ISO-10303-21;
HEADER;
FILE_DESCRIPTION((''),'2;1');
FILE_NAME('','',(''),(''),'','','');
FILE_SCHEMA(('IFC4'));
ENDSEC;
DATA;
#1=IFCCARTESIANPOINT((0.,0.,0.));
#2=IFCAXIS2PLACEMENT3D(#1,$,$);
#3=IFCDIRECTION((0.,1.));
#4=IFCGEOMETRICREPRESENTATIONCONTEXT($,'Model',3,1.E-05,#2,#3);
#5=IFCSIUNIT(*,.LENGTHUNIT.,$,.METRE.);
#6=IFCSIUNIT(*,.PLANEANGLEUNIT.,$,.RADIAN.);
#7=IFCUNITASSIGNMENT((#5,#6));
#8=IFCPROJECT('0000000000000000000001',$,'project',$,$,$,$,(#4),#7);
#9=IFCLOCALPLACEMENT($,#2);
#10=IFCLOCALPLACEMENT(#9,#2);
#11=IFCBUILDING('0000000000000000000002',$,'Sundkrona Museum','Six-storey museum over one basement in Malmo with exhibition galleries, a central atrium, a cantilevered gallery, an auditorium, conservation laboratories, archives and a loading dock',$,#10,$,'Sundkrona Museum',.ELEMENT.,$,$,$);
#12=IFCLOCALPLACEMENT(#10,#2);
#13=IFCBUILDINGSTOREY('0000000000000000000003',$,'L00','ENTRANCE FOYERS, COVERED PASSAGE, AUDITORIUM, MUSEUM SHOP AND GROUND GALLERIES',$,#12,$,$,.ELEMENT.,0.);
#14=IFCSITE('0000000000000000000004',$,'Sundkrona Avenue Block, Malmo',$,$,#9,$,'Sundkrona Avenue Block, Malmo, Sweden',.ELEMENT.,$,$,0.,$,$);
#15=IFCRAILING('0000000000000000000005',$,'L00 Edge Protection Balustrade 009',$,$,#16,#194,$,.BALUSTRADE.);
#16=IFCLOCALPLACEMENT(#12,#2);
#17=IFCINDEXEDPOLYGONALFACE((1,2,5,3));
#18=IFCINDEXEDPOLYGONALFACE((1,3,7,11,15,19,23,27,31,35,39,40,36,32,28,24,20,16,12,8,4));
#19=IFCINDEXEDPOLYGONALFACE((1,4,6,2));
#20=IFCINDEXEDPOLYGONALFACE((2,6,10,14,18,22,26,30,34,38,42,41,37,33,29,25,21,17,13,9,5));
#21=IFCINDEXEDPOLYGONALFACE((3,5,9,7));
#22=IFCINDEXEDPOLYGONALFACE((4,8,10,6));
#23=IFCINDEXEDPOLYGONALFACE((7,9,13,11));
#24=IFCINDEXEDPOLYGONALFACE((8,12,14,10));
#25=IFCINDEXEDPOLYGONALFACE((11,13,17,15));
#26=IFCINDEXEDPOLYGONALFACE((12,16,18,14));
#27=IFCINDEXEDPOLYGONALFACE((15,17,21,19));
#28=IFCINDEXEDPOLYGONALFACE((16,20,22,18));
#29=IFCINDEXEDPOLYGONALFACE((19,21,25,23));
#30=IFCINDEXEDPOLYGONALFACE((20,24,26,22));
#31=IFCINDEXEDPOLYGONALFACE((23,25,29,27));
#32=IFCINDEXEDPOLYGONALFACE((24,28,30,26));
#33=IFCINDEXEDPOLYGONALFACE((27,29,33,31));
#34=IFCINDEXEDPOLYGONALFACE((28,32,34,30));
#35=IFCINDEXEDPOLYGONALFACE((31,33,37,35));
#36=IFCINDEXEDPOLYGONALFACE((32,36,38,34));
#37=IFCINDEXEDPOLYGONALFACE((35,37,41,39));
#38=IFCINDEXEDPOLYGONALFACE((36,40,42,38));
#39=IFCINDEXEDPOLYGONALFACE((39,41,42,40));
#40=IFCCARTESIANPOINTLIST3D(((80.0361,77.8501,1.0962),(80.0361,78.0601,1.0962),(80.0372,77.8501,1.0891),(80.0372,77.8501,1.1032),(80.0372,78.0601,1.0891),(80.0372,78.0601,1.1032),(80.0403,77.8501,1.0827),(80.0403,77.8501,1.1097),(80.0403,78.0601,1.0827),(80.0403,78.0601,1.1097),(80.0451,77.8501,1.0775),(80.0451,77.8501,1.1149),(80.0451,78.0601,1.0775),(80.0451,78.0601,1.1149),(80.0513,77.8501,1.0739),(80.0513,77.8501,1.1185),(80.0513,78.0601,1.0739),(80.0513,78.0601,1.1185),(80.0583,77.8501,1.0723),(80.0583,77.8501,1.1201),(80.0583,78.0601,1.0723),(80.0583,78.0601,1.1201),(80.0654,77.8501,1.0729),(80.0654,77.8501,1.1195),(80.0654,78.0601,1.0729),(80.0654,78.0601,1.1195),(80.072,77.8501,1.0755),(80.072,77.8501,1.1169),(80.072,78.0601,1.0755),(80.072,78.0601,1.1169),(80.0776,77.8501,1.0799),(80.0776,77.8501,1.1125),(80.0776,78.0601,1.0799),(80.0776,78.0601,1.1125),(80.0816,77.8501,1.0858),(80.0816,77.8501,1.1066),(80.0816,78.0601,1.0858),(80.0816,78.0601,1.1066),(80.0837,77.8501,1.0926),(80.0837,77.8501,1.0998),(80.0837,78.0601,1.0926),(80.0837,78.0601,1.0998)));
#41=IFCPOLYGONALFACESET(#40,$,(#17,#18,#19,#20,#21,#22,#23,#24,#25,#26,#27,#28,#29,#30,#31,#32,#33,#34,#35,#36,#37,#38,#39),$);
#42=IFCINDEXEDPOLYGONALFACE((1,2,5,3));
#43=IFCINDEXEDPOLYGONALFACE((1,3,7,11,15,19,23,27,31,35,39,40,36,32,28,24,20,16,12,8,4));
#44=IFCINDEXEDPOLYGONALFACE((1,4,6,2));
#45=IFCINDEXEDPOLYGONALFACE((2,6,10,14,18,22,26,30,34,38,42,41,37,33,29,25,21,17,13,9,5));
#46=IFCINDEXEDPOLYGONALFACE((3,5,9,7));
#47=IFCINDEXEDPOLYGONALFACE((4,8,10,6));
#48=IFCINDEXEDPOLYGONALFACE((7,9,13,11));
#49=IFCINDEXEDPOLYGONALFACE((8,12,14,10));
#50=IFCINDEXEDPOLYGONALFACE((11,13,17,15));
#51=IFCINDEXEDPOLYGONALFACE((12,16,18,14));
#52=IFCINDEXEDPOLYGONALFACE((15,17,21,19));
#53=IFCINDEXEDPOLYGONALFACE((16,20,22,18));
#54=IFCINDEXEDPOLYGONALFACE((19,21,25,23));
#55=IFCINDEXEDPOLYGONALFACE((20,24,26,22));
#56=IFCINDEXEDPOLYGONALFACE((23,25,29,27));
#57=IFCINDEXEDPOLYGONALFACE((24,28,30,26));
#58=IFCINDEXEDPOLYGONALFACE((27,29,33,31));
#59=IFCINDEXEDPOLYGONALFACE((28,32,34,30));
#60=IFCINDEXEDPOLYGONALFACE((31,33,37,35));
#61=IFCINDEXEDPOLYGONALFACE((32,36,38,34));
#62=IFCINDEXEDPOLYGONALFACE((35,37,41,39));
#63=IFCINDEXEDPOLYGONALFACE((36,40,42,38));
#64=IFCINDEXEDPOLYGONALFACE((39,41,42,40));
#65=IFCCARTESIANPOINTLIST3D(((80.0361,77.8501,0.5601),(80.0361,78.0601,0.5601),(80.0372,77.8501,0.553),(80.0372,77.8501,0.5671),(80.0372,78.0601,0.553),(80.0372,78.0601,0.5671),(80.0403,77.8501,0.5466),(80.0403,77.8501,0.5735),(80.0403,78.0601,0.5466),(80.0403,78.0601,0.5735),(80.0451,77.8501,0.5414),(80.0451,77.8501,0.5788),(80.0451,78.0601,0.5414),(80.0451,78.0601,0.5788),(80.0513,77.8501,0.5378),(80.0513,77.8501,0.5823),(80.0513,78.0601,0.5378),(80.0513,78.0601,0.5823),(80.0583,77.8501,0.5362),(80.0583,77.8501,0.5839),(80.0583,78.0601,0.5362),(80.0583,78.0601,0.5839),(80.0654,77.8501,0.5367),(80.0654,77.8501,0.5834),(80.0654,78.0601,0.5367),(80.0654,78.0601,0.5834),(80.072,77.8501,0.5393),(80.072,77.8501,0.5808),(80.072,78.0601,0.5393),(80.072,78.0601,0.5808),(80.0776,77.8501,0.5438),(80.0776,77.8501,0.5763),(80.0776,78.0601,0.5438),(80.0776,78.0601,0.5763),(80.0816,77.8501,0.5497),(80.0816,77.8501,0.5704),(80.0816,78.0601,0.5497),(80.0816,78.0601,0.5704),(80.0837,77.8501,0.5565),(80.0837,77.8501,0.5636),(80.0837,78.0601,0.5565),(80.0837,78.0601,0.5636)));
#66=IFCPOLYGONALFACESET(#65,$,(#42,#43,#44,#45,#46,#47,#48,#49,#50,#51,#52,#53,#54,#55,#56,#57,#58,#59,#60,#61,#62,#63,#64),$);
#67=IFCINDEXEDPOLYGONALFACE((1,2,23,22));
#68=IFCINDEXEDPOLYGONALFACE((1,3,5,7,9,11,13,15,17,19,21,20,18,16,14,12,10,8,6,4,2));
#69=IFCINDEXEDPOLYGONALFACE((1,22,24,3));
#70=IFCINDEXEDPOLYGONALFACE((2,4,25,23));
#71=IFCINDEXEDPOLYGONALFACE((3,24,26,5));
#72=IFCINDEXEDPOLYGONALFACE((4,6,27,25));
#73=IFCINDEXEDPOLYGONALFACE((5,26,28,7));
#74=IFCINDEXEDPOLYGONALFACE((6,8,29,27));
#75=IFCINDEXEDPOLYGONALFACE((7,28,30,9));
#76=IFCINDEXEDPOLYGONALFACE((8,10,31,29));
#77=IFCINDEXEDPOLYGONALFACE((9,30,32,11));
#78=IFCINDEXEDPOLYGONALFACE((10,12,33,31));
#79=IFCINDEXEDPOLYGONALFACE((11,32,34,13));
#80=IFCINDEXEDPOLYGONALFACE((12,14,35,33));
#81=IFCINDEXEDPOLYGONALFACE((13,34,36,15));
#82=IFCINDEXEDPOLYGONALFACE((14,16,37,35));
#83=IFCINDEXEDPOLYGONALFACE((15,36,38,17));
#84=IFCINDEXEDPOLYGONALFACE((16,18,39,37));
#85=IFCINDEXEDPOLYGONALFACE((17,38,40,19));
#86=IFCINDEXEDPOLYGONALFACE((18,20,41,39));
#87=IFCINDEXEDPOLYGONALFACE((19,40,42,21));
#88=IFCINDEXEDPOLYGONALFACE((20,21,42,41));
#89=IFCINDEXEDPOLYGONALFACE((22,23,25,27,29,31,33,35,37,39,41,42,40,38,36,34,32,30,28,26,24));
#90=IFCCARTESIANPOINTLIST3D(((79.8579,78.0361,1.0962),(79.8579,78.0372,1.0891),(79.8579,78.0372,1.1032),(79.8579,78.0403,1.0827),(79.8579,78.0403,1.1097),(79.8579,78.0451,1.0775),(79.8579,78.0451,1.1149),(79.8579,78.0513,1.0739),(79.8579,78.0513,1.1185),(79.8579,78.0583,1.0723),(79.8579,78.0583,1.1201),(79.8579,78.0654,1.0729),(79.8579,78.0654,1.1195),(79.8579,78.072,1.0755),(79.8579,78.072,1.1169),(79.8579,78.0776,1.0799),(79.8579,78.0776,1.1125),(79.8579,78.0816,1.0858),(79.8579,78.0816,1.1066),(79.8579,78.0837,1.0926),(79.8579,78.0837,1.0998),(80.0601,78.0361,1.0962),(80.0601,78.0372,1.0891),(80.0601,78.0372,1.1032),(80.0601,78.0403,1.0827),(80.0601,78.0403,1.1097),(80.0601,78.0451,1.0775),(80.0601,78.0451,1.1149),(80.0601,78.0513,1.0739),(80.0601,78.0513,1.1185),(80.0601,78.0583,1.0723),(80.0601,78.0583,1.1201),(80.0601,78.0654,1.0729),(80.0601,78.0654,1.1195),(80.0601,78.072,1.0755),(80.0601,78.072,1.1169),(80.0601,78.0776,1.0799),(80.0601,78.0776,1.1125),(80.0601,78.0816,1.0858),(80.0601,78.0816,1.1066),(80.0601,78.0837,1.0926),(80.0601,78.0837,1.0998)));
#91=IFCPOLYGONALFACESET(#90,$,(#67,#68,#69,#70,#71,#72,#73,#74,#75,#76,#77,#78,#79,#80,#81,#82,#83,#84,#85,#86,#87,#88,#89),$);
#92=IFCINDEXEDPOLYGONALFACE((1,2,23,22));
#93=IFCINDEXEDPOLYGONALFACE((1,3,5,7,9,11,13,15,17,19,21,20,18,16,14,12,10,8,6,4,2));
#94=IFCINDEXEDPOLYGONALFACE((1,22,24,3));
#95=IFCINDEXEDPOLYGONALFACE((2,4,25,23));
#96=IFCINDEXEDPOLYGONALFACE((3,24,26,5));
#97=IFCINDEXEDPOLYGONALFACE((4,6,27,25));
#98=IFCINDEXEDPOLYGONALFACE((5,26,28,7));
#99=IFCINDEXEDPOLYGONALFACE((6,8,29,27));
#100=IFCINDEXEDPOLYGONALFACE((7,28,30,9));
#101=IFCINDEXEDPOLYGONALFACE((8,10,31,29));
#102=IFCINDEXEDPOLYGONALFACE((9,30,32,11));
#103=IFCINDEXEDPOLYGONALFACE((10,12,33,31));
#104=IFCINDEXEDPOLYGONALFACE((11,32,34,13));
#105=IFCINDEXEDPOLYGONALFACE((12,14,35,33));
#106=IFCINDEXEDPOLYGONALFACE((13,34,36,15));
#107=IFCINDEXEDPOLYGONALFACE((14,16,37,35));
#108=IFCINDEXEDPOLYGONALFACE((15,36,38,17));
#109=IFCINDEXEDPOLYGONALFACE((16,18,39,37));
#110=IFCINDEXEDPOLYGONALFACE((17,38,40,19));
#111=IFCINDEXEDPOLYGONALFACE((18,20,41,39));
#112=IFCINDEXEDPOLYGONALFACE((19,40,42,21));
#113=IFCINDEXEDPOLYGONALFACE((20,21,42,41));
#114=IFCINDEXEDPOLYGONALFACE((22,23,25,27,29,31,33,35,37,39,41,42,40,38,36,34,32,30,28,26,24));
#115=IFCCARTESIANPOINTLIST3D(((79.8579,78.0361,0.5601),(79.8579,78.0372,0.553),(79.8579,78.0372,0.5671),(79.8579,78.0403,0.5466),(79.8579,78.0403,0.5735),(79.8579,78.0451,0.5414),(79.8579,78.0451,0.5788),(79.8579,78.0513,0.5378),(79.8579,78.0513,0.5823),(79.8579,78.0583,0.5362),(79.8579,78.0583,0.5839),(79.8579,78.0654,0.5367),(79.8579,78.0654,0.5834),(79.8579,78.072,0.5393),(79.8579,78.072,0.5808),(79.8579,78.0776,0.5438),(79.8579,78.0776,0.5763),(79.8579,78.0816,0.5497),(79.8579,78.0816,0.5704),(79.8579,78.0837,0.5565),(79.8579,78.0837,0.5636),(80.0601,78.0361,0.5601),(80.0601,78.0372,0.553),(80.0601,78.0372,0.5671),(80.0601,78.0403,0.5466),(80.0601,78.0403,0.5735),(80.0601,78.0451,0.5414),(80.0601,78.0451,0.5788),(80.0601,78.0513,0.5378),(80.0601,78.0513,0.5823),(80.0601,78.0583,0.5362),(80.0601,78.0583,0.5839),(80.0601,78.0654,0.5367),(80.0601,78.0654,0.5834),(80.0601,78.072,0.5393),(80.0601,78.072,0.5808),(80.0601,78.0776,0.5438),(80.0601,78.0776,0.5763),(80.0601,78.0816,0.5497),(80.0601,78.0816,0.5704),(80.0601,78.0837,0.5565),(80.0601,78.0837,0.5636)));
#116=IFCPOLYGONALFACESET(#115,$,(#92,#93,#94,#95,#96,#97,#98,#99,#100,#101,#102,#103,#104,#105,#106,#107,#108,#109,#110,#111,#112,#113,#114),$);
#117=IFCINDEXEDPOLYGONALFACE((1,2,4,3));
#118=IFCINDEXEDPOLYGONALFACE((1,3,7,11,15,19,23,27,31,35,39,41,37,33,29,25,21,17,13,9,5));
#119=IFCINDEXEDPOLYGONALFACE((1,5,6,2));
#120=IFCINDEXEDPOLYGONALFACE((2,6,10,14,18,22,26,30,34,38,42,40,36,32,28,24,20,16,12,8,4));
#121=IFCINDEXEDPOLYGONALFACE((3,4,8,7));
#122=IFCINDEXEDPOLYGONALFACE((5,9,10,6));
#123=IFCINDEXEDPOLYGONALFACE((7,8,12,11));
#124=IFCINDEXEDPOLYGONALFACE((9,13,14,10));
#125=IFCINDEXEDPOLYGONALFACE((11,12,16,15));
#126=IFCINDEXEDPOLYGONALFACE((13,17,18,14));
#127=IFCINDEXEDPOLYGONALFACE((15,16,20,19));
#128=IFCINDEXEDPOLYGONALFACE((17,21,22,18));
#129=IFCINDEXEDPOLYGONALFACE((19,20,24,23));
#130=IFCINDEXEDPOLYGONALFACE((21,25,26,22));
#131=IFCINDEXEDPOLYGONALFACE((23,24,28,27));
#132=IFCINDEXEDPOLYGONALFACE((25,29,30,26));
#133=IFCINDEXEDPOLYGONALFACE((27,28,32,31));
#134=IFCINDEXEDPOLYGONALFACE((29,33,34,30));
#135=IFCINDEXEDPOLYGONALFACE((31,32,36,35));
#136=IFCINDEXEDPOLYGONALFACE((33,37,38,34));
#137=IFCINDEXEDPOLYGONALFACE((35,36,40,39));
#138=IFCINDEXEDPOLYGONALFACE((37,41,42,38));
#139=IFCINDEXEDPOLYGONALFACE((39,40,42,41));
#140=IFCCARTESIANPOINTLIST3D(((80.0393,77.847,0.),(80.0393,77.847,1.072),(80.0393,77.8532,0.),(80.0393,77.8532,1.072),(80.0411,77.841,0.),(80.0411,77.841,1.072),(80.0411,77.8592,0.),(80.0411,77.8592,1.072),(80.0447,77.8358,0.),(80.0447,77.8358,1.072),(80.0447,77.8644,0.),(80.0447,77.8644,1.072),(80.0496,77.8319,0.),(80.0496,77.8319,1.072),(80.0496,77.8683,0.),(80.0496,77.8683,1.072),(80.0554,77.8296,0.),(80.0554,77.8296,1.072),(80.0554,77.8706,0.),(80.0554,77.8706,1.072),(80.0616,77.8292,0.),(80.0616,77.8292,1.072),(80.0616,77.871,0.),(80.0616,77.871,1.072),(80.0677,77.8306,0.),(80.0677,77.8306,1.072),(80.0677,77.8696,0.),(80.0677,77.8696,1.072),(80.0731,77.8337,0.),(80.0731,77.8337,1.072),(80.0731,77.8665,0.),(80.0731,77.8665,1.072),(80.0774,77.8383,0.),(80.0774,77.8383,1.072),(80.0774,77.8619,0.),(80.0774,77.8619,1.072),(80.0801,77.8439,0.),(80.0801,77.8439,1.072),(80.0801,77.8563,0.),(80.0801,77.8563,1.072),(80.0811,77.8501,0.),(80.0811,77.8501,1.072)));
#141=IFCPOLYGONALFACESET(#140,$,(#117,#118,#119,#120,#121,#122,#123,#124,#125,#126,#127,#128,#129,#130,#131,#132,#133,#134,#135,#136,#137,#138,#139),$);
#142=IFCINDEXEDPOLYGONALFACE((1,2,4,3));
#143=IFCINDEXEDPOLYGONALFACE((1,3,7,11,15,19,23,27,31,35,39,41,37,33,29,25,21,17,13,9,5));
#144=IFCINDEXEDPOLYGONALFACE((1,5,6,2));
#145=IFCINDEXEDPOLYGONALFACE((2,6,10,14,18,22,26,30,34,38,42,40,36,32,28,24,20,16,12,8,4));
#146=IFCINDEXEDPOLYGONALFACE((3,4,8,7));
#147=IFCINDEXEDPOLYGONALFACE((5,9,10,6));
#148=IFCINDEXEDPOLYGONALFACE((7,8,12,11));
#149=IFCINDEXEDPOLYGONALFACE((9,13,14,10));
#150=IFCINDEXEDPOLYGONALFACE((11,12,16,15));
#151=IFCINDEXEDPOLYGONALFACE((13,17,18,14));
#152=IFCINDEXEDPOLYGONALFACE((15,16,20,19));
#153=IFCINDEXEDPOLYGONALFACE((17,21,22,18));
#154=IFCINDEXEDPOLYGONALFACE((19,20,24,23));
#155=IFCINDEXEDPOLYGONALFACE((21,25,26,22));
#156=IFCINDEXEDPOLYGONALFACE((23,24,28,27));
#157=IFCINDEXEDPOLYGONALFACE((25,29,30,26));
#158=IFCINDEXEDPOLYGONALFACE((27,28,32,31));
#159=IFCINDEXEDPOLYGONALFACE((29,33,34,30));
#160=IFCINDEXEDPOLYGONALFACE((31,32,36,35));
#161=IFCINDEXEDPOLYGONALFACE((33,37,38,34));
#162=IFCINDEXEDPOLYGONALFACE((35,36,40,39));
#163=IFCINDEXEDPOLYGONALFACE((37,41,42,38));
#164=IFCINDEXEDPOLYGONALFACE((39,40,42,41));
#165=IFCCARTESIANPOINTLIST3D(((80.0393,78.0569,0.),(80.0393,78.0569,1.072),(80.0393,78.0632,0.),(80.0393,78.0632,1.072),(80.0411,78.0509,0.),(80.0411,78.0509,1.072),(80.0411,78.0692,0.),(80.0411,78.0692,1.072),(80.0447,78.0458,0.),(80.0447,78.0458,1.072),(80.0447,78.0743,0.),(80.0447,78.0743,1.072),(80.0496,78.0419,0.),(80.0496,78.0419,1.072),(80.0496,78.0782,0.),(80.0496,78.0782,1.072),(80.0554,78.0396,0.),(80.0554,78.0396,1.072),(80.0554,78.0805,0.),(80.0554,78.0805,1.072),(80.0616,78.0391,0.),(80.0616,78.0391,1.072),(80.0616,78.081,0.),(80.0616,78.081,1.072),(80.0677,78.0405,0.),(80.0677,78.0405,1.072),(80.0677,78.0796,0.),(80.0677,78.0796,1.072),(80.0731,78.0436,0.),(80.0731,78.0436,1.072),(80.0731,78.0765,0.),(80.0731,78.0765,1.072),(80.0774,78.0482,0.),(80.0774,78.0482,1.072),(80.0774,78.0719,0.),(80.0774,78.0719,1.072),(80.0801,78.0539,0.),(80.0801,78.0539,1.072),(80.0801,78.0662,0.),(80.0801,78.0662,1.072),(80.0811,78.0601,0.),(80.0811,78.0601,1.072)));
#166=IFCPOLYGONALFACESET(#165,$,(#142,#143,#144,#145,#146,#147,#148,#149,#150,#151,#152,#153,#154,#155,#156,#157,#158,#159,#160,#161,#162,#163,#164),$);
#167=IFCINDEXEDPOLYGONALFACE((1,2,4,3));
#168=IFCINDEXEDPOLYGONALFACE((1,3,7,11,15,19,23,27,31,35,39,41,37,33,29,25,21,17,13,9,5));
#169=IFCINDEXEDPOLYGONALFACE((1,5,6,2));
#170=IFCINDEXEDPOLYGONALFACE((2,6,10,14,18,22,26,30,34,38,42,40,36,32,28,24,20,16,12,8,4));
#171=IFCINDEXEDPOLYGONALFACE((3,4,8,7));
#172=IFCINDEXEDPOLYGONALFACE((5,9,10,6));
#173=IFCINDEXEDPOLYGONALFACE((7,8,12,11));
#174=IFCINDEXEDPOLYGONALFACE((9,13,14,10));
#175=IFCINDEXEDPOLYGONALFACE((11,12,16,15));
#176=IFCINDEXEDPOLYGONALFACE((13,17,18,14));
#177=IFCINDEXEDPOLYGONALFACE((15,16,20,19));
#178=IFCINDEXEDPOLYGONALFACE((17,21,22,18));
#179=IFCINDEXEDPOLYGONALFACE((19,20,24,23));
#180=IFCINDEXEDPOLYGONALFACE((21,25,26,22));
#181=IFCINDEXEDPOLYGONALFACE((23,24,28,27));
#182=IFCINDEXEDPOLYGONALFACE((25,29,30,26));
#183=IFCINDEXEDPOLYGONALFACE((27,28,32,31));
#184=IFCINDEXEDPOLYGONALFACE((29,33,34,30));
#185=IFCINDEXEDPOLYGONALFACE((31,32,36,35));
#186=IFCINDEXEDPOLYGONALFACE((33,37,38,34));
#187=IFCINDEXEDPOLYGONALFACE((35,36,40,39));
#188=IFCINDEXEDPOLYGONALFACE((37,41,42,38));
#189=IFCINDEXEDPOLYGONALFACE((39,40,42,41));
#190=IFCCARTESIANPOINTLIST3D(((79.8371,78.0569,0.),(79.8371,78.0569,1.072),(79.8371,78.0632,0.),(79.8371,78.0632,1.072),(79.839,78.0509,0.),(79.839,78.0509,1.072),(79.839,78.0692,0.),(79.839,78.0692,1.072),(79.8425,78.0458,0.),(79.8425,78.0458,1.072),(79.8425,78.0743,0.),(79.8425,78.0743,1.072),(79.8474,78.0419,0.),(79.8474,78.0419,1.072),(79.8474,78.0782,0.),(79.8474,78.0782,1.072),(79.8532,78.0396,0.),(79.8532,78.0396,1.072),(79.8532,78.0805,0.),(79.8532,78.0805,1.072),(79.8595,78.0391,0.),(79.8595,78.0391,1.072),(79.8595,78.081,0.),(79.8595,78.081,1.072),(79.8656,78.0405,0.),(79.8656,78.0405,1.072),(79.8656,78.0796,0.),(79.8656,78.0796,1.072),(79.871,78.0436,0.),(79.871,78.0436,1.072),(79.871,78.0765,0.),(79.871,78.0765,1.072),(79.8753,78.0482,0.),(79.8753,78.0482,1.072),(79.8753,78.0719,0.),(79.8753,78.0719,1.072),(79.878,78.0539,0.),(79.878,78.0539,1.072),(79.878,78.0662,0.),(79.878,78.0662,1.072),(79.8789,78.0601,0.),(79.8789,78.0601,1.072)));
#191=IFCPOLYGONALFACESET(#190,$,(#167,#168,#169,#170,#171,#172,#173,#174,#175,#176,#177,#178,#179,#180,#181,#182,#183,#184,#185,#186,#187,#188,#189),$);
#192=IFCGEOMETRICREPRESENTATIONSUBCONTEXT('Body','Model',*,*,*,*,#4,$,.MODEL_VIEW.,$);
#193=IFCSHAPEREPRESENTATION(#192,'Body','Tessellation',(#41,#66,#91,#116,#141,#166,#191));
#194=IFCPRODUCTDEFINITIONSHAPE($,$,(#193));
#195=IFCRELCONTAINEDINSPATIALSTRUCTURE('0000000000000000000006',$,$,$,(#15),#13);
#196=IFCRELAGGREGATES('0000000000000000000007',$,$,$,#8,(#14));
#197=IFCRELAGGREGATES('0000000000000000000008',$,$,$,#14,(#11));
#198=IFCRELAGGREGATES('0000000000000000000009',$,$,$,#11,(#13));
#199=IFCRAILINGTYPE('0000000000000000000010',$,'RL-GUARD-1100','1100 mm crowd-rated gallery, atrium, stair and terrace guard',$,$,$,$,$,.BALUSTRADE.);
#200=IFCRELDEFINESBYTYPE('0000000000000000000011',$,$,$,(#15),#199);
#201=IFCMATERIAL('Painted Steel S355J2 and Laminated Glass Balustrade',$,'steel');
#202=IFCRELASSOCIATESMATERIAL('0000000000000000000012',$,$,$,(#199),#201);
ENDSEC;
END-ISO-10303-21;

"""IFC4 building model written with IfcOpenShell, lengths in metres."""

from ifc_helpers import new_model, si_unit, direction, frame, origin, origin_2d, place, context, subcontext, project, spatial, circle, extrude, material, type_object, element, save


model = new_model("IFC4")

# Units and contexts
model_context = context("Model", 3, precision=1e-05, world=origin(), true_north=direction((0.0, 1.0)))
body_context = subcontext(model_context, "Body", "Model", "MODEL_VIEW")
ifc_project = project(units=[si_unit("LENGTHUNIT", "METRE"), si_unit("PLANEANGLEUNIT", "RADIAN")], contexts=[model_context])

# Site, building, storey
site_placement = place(None, origin())
site = spatial("IfcSite", under=ifc_project, at=site_placement, Name="Sundkrona Avenue Block, Malmo", LongName="Sundkrona Avenue Block, Malmo, Sweden", CompositionType="ELEMENT", RefElevation=0.0)
building_placement = place(site_placement, origin())
building = spatial("IfcBuilding", under=site, at=building_placement, Name="Sundkrona Museum", Description="Six-storey museum over one basement in Malmo with exhibition galleries, a central atrium, a cantilevered gallery, an auditorium, conservation laboratories, archives and a loading dock", LongName="Sundkrona Museum", CompositionType="ELEMENT")
storey_placement = place(building_placement, origin())
storey = spatial("IfcBuildingStorey", under=building, at=storey_placement, Name="L00", Description="ENTRANCE FOYERS, COVERED PASSAGE, AUDITORIUM, MUSEUM SHOP AND GROUND GALLERIES", CompositionType="ELEMENT", Elevation=0.0)

# Railing
ifc_material_1 = material(Name="Painted Steel S355J2 and Laminated Glass Balustrade", Category="steel")
railing_type = type_object("IfcRailingType", Name="RL-GUARD-1100", Description="1100 mm crowd-rated gallery, atrium, stair and terrace guard", PredefinedType="BALUSTRADE", material=ifc_material_1)
railing_placement = place(storey_placement, frame((80.0601, 77.8501, 0.0)))
element("IfcRailing", 1, at=railing_placement, inside=storey, type_object=railing_type, Name="L00 Edge Protection Balustrade 009", PredefinedType="BALUSTRADE", context=body_context, shape_type="SweptSolid", body=[
    extrude(circle(Radius=0.0239, at=origin_2d()), frame((0.0, 0.0, 1.0962), z_axis=(0.0, 1.0, 0.0), x_axis=(-1.0, 0.0, 0.0)), (0.0, 0.0, 1.0), 0.21),
    extrude(circle(Radius=0.0239, at=origin_2d()), frame((0.0, 0.0, 0.5601), z_axis=(0.0, 1.0, 0.0), x_axis=(-1.0, 0.0, 0.0)), (0.0, 0.0, 1.0), 0.21),
    extrude(circle(Radius=0.0239, at=origin_2d()), frame((0.0, 0.21, 1.0962), z_axis=(-1.0, 0.0, 0.0), x_axis=(0.0, -1.0, 0.0)), (0.0, 0.0, 1.0), 0.2021),
    extrude(circle(Radius=0.0239, at=origin_2d()), frame((0.0, 0.21, 0.5601), z_axis=(-1.0, 0.0, 0.0), x_axis=(0.0, -1.0, 0.0)), (0.0, 0.0, 1.0), 0.2021),
    extrude(circle(Radius=0.021, at=origin_2d()), origin(), (0.0, 0.0, 1.0), 1.072),
    extrude(circle(Radius=0.021, at=origin_2d()), frame((0.0, 0.21, 0.0)), (0.0, 0.0, 1.0), 1.072),
    extrude(circle(Radius=0.021, at=origin_2d()), frame((-0.2021, 0.21, 0.0)), (0.0, 0.0, 1.0), 1.072),
])

save(model, "model.ifc")
